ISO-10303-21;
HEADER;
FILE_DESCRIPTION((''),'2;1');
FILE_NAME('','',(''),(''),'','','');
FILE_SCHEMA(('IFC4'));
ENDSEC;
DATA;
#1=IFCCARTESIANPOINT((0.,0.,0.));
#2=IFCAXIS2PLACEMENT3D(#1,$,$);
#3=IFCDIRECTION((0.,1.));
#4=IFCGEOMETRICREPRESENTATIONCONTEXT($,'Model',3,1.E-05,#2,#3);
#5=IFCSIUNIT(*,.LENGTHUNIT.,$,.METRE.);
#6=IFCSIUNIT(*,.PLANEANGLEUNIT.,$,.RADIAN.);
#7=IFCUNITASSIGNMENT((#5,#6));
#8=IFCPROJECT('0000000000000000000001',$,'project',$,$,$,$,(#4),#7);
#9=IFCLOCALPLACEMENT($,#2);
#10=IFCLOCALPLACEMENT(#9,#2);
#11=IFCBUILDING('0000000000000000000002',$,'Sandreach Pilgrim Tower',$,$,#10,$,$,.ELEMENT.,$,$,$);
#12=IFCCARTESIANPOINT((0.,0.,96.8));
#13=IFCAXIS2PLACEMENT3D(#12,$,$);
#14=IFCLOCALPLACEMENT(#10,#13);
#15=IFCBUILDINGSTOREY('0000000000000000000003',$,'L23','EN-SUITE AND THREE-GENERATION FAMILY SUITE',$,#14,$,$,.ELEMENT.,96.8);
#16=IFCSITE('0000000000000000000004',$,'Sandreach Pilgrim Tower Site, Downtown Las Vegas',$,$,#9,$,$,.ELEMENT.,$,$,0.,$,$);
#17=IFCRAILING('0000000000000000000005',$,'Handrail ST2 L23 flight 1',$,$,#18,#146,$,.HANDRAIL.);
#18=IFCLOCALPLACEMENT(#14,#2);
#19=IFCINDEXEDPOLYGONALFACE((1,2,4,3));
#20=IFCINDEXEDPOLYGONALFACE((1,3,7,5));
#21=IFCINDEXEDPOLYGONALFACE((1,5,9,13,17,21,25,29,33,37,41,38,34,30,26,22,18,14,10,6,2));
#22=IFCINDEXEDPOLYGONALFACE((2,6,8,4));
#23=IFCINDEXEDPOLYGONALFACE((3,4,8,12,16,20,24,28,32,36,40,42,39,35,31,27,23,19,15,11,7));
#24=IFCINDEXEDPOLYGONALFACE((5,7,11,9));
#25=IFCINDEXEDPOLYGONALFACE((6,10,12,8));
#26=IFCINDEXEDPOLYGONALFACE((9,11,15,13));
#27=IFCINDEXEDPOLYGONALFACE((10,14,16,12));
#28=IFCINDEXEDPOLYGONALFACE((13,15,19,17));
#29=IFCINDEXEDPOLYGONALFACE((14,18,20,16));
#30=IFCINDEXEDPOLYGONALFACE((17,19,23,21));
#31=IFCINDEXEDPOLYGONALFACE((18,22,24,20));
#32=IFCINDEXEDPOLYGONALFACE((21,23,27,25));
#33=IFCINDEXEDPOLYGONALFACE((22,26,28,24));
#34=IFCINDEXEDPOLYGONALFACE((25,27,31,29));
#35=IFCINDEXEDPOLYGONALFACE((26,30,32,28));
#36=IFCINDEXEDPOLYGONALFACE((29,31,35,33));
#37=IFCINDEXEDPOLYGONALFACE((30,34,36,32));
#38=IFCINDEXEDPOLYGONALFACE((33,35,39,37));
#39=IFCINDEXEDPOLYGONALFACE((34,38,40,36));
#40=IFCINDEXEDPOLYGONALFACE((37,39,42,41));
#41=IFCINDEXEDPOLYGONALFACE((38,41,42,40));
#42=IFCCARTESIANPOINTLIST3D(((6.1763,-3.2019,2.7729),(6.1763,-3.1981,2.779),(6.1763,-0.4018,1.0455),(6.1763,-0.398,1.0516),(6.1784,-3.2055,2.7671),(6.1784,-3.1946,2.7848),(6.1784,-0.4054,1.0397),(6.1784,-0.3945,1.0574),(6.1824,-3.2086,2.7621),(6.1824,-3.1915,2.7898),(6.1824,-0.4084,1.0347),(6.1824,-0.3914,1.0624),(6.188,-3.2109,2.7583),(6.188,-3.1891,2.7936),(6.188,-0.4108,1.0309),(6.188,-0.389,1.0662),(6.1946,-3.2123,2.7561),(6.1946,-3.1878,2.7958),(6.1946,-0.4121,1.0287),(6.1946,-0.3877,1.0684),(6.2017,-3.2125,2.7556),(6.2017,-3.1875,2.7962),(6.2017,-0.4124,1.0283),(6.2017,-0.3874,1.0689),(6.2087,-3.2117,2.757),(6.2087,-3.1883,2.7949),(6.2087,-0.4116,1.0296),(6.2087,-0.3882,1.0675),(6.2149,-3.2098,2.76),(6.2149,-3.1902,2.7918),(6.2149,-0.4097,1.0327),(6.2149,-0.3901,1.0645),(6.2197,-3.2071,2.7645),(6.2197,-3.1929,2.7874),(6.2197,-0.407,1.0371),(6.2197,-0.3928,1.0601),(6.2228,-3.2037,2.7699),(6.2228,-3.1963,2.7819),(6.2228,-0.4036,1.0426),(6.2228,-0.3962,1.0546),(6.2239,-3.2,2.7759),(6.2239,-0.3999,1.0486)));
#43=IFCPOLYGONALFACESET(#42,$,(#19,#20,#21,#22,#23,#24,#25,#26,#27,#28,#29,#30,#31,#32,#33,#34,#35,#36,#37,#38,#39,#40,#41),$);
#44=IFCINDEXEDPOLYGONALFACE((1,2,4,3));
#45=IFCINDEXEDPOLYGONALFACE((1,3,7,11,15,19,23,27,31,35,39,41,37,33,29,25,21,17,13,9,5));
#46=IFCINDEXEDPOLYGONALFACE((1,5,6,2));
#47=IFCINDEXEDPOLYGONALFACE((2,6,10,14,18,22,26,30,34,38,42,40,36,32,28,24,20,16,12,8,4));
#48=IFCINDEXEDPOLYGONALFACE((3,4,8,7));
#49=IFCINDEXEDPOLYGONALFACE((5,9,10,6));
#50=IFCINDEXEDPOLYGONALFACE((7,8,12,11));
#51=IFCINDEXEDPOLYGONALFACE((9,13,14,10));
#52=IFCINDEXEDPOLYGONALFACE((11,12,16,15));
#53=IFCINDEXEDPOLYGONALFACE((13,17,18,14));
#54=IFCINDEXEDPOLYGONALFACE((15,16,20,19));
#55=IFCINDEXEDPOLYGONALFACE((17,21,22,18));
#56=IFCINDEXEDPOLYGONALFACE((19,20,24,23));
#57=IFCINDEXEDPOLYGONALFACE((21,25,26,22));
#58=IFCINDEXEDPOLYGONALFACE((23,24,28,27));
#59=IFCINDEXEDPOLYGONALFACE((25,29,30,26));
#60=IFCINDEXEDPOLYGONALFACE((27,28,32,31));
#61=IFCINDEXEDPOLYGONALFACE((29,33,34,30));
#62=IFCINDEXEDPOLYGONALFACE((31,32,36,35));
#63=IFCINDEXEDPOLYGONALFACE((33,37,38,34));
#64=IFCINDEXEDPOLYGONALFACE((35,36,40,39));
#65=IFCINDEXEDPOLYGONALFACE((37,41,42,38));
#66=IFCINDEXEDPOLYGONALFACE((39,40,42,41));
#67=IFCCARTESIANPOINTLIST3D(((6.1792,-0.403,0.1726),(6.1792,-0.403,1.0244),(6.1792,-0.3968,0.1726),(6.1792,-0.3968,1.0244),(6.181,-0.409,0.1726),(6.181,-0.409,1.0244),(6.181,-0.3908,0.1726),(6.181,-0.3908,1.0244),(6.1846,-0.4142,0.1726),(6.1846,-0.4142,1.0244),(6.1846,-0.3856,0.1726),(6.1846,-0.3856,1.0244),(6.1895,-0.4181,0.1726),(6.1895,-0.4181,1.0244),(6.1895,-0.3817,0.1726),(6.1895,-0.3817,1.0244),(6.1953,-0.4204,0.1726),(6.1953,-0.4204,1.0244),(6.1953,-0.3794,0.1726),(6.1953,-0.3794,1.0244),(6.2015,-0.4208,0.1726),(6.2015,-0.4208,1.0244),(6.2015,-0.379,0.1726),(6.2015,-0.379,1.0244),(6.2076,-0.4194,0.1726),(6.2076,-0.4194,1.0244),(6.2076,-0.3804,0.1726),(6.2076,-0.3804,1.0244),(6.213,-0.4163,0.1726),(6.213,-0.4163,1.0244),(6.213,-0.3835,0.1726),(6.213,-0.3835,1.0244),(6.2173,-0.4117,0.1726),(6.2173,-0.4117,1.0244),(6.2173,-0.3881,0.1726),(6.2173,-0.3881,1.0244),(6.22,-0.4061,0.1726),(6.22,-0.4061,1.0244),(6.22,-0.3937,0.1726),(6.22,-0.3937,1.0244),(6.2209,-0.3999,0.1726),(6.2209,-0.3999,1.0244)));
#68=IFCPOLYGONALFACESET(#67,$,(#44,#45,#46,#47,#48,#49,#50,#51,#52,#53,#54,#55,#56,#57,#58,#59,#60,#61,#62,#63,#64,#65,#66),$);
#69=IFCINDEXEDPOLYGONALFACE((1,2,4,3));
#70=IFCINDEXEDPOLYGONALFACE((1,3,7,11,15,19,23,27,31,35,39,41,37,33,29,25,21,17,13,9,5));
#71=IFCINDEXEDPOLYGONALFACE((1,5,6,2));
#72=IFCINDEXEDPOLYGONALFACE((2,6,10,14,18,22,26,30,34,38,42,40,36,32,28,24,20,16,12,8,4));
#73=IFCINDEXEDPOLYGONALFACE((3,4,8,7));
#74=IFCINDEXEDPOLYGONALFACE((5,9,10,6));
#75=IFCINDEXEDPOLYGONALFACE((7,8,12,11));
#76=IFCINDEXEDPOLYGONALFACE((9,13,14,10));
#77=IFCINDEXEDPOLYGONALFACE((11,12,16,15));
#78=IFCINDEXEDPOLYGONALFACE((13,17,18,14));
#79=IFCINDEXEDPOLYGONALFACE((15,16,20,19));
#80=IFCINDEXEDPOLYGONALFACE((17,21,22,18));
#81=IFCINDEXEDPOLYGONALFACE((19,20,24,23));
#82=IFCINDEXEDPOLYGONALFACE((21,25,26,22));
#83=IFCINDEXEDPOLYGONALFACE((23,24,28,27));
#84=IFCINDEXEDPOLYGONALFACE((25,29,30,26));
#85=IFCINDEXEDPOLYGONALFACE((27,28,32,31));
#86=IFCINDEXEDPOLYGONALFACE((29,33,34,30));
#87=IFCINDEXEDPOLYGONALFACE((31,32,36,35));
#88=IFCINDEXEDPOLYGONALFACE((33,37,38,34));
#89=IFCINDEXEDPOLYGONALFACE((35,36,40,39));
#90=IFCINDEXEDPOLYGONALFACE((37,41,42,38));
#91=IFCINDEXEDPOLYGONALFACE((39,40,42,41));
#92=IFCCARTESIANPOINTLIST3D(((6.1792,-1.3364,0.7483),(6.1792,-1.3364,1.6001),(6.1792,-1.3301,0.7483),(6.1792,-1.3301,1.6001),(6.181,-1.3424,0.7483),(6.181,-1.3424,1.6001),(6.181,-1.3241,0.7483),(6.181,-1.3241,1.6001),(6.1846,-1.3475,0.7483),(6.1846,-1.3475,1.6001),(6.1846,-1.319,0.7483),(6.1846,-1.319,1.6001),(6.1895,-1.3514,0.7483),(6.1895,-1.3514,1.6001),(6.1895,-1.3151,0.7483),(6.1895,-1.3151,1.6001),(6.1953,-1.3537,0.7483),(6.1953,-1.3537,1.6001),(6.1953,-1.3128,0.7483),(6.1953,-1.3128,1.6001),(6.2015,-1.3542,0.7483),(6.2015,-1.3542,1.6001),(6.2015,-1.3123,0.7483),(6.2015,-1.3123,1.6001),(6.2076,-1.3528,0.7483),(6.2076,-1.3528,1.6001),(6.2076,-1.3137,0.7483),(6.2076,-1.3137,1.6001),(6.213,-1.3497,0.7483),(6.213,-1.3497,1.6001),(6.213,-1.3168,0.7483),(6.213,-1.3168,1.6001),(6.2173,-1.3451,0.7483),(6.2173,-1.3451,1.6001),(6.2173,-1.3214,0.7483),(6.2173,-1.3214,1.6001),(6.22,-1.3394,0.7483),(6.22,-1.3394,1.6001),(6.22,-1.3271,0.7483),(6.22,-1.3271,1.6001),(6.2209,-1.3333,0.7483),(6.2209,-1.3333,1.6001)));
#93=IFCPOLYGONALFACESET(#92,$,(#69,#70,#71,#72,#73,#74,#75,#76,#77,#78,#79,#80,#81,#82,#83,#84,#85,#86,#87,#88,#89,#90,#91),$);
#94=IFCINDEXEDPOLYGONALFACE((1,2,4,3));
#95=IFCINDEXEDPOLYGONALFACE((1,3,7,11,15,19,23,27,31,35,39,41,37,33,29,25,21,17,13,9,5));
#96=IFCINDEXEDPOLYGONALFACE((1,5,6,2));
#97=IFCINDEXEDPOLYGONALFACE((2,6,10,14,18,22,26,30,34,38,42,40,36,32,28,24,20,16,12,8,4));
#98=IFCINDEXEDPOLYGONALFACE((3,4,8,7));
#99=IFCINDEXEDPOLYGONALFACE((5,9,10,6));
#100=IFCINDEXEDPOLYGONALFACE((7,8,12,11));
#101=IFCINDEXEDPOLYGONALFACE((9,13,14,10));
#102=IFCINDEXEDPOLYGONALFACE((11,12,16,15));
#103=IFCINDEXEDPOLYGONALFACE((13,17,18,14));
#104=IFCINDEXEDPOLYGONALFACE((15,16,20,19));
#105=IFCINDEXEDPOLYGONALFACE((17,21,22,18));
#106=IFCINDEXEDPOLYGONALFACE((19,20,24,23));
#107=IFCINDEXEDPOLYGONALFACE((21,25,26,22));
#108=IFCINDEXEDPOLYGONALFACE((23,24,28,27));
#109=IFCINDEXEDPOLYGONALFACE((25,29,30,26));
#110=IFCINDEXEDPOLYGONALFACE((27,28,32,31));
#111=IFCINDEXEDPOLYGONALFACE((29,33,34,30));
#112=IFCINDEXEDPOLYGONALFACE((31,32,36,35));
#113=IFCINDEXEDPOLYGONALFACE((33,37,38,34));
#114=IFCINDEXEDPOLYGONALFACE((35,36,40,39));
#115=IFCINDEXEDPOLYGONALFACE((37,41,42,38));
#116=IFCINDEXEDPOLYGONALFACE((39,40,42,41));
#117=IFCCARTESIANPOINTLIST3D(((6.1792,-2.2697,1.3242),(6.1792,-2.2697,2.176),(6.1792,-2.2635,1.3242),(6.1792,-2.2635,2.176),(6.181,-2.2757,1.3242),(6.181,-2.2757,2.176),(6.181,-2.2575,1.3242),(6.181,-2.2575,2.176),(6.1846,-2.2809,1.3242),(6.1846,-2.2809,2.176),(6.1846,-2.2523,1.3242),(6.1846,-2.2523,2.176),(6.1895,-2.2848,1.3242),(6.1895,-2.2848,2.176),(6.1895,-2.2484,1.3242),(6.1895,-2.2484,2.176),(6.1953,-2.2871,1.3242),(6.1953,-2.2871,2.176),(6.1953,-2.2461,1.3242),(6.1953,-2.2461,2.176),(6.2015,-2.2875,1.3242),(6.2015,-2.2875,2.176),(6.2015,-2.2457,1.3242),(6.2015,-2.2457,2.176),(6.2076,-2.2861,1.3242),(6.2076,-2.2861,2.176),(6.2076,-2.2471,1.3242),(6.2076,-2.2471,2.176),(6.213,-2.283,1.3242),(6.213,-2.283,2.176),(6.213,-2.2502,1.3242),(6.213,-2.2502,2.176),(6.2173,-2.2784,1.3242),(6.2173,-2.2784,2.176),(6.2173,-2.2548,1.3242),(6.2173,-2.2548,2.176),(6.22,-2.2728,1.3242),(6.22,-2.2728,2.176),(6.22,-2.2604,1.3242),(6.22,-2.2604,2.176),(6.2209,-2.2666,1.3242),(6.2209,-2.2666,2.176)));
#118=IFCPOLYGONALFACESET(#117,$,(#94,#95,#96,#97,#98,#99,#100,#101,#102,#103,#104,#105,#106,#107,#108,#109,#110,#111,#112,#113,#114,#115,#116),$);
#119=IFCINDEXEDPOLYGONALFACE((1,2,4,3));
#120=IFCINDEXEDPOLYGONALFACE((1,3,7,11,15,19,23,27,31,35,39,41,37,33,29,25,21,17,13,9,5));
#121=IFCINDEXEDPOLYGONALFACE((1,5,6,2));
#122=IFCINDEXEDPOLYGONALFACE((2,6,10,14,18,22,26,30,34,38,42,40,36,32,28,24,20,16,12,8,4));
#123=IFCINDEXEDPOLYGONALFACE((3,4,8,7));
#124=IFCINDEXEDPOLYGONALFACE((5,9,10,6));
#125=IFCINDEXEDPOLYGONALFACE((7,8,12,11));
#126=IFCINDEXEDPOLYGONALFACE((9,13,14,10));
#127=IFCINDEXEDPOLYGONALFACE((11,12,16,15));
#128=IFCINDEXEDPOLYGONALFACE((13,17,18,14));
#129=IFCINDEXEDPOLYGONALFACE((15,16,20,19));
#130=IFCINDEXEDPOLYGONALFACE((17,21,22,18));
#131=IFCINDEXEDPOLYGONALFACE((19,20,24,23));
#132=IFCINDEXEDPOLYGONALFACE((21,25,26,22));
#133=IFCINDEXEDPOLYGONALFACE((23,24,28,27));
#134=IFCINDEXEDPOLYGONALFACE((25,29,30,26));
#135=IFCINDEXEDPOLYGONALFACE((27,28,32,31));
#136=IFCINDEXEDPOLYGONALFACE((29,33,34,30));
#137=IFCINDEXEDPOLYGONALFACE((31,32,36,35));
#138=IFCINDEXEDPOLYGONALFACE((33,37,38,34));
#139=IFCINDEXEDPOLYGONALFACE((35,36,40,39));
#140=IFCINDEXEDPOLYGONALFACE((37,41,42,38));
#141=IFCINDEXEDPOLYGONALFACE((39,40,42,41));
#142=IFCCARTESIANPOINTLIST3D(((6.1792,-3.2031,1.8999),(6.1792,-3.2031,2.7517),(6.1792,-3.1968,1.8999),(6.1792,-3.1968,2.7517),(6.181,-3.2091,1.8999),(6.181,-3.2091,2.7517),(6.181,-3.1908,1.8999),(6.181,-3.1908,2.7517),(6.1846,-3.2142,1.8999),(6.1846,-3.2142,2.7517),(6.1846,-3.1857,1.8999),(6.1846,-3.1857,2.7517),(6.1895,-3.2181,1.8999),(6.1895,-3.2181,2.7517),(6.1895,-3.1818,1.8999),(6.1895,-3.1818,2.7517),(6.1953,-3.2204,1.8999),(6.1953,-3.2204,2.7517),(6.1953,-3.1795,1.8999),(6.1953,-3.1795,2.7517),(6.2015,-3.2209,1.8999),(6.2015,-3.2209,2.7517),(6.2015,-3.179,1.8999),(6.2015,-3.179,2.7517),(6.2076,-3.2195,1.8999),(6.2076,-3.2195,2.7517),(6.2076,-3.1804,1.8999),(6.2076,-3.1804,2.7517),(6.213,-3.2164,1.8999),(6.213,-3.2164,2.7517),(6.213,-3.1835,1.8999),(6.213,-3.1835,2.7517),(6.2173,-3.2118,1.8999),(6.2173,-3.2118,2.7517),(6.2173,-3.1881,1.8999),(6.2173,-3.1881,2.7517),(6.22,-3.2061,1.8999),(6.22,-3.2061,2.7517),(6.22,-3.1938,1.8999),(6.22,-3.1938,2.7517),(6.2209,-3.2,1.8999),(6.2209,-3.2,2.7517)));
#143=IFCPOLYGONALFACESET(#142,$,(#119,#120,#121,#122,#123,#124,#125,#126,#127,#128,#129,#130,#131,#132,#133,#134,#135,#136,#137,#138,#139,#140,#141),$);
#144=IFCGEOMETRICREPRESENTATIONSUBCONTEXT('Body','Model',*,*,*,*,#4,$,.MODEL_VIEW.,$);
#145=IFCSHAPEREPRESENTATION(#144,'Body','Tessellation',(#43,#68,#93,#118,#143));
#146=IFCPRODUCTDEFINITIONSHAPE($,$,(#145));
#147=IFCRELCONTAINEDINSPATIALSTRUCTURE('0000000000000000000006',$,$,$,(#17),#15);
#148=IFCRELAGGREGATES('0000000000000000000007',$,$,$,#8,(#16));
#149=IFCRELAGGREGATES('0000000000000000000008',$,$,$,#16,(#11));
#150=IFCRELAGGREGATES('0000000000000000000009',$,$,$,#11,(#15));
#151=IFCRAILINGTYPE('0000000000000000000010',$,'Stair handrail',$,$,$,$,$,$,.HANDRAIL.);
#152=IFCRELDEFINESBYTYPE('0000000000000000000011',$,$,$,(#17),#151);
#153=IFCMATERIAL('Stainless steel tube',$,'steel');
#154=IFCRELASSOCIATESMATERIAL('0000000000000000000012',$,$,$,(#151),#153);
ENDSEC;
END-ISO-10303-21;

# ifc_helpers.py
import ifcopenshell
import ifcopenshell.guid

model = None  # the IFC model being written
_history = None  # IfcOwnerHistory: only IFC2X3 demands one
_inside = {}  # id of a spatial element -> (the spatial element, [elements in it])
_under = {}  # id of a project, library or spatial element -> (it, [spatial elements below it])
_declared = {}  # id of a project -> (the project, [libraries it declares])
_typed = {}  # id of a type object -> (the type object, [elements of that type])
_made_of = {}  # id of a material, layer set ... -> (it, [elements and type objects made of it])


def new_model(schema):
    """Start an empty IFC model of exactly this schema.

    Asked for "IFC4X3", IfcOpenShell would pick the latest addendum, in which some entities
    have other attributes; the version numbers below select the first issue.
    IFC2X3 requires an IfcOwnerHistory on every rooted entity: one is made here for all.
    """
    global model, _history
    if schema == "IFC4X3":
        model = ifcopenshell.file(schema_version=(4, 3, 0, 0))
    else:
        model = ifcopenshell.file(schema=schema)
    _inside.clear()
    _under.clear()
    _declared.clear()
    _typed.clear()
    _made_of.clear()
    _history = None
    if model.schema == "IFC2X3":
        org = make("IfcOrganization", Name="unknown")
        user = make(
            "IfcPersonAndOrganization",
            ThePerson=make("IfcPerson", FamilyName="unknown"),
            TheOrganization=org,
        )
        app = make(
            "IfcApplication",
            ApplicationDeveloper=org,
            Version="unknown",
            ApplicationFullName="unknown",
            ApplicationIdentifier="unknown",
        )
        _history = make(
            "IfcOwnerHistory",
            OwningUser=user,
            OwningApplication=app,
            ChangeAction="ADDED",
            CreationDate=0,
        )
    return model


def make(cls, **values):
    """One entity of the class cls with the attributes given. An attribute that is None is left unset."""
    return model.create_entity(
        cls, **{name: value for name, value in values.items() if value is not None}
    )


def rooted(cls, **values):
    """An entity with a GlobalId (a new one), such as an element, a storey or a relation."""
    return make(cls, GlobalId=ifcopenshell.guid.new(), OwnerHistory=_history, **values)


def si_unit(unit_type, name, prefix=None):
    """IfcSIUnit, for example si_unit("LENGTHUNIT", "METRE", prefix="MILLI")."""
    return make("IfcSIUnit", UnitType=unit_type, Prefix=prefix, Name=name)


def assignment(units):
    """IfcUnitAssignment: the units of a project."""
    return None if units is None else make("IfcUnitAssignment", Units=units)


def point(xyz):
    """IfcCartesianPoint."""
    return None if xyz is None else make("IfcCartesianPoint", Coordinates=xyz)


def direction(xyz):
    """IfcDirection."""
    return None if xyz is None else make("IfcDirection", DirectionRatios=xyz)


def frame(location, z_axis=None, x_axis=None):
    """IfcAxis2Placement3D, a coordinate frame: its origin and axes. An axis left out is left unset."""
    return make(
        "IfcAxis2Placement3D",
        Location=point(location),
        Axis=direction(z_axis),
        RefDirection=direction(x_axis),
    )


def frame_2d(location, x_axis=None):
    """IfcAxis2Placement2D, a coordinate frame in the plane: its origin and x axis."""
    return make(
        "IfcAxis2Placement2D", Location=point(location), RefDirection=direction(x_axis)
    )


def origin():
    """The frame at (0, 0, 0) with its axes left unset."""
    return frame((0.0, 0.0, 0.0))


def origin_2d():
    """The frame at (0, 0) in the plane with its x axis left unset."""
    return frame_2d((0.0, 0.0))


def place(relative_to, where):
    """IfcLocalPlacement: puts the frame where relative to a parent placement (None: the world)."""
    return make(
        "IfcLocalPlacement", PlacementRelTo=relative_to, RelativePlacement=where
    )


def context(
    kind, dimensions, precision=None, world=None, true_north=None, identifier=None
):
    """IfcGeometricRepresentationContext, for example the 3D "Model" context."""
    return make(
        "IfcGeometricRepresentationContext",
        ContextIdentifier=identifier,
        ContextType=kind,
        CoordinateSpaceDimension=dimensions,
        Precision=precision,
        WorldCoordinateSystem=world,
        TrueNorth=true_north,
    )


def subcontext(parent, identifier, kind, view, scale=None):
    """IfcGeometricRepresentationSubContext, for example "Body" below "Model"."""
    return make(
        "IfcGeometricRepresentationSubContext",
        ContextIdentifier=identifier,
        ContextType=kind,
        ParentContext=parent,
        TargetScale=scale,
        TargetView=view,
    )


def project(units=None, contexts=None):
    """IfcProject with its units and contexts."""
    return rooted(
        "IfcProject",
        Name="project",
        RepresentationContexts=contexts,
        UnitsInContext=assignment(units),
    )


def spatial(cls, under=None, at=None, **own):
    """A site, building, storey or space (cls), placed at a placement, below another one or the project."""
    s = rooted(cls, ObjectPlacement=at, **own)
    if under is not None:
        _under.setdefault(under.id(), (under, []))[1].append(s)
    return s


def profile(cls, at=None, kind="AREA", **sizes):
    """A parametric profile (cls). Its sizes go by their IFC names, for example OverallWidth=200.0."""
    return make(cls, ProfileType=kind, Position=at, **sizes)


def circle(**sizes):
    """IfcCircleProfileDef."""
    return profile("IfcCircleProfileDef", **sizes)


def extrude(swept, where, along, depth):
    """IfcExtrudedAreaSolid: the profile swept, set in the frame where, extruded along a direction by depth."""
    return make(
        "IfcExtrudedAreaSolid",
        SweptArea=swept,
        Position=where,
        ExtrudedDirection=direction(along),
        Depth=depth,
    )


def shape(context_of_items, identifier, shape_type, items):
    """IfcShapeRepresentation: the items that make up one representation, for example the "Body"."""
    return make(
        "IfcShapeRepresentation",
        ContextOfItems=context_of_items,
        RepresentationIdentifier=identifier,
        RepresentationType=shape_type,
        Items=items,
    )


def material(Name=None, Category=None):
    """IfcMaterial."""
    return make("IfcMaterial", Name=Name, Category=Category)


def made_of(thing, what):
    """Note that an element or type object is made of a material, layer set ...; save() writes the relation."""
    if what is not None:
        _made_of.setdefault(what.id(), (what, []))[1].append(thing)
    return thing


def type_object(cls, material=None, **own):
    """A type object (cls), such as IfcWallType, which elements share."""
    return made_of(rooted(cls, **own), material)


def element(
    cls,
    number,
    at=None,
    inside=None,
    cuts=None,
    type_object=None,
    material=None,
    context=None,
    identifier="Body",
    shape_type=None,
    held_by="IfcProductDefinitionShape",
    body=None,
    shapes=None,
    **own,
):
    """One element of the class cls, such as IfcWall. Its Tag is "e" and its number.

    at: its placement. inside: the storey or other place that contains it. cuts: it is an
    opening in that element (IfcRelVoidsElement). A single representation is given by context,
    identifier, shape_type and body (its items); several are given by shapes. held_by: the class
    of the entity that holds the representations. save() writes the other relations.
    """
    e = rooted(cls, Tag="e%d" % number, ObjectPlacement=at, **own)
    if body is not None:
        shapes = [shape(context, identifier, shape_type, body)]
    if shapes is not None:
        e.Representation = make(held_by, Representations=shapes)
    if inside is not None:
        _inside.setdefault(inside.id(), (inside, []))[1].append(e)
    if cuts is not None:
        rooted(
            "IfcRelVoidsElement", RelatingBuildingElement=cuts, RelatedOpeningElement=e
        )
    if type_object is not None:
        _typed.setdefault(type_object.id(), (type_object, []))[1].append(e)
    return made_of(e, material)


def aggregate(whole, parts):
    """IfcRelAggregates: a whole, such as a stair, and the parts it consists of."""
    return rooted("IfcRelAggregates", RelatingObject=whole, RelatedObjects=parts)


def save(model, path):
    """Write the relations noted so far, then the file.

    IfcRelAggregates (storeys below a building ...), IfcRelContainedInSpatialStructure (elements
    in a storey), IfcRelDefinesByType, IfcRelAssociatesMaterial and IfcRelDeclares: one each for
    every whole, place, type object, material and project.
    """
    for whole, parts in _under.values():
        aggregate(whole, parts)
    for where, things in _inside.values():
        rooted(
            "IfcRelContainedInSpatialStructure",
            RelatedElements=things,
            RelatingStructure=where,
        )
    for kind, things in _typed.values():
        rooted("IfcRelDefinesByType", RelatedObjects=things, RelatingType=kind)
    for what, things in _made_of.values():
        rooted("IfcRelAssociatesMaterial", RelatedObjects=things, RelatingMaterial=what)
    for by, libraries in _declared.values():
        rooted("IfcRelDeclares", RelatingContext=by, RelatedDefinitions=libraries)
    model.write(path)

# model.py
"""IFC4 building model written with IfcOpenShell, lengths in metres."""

from ifc_helpers import new_model, si_unit, direction, frame, origin, origin_2d, place, context, subcontext, project, spatial, circle, extrude, material, type_object, element, save


model = new_model("IFC4")

# Units and contexts
model_context = context("Model", 3, precision=1e-05, world=origin(), true_north=direction((0.0, 1.0)))
body_context = subcontext(model_context, "Body", "Model", "MODEL_VIEW")
ifc_project = project(units=[si_unit("LENGTHUNIT", "METRE"), si_unit("PLANEANGLEUNIT", "RADIAN")], contexts=[model_context])

# Site, building, storey
site_placement = place(None, origin())
site = spatial("IfcSite", under=ifc_project, at=site_placement, Name="Sandreach Pilgrim Tower Site, Downtown Las Vegas", CompositionType="ELEMENT", RefElevation=0.0)
building_placement = place(site_placement, origin())
building = spatial("IfcBuilding", under=site, at=building_placement, Name="Sandreach Pilgrim Tower", CompositionType="ELEMENT")
storey_placement = place(building_placement, frame((0.0, 0.0, 96.8)))
storey = spatial("IfcBuildingStorey", under=building, at=storey_placement, Name="L23", Description="EN-SUITE AND THREE-GENERATION FAMILY SUITE", CompositionType="ELEMENT", Elevation=96.8)

# Railing
ifc_material_1 = material(Name="Stainless steel tube", Category="steel")
railing_type = type_object("IfcRailingType", Name="Stair handrail", PredefinedType="HANDRAIL", material=ifc_material_1)
railing_placement = place(storey_placement, frame((6.2, -0.3999, 0.1726)))
element("IfcRailing", 1, at=railing_placement, inside=storey, type_object=railing_type, Name="Handrail ST2 L23 flight 1", PredefinedType="HANDRAIL", context=body_context, shape_type="SweptSolid", body=[
    extrude(circle(Radius=0.0239, at=origin_2d()), frame((0.0, 0.0, 0.876), z_axis=(0.0, -0.85109, 0.52502), x_axis=(1.0, 0.0, 0.0)), (0.0, 0.0, 1.0), 3.29),
    extrude(circle(Radius=0.021, at=origin_2d()), origin(), (0.0, 0.0, 1.0), 0.8518),
    extrude(circle(Radius=0.021, at=origin_2d()), frame((0.0, -0.9333, 0.5757)), (0.0, 0.0, 1.0), 0.8518),
    extrude(circle(Radius=0.021, at=origin_2d()), frame((0.0, -1.8667, 1.1516)), (0.0, 0.0, 1.0), 0.8518),
    extrude(circle(Radius=0.021, at=origin_2d()), frame((0.0, -2.8, 1.7273)), (0.0, 0.0, 1.0), 0.8518),
])

save(model, "model.ifc")
